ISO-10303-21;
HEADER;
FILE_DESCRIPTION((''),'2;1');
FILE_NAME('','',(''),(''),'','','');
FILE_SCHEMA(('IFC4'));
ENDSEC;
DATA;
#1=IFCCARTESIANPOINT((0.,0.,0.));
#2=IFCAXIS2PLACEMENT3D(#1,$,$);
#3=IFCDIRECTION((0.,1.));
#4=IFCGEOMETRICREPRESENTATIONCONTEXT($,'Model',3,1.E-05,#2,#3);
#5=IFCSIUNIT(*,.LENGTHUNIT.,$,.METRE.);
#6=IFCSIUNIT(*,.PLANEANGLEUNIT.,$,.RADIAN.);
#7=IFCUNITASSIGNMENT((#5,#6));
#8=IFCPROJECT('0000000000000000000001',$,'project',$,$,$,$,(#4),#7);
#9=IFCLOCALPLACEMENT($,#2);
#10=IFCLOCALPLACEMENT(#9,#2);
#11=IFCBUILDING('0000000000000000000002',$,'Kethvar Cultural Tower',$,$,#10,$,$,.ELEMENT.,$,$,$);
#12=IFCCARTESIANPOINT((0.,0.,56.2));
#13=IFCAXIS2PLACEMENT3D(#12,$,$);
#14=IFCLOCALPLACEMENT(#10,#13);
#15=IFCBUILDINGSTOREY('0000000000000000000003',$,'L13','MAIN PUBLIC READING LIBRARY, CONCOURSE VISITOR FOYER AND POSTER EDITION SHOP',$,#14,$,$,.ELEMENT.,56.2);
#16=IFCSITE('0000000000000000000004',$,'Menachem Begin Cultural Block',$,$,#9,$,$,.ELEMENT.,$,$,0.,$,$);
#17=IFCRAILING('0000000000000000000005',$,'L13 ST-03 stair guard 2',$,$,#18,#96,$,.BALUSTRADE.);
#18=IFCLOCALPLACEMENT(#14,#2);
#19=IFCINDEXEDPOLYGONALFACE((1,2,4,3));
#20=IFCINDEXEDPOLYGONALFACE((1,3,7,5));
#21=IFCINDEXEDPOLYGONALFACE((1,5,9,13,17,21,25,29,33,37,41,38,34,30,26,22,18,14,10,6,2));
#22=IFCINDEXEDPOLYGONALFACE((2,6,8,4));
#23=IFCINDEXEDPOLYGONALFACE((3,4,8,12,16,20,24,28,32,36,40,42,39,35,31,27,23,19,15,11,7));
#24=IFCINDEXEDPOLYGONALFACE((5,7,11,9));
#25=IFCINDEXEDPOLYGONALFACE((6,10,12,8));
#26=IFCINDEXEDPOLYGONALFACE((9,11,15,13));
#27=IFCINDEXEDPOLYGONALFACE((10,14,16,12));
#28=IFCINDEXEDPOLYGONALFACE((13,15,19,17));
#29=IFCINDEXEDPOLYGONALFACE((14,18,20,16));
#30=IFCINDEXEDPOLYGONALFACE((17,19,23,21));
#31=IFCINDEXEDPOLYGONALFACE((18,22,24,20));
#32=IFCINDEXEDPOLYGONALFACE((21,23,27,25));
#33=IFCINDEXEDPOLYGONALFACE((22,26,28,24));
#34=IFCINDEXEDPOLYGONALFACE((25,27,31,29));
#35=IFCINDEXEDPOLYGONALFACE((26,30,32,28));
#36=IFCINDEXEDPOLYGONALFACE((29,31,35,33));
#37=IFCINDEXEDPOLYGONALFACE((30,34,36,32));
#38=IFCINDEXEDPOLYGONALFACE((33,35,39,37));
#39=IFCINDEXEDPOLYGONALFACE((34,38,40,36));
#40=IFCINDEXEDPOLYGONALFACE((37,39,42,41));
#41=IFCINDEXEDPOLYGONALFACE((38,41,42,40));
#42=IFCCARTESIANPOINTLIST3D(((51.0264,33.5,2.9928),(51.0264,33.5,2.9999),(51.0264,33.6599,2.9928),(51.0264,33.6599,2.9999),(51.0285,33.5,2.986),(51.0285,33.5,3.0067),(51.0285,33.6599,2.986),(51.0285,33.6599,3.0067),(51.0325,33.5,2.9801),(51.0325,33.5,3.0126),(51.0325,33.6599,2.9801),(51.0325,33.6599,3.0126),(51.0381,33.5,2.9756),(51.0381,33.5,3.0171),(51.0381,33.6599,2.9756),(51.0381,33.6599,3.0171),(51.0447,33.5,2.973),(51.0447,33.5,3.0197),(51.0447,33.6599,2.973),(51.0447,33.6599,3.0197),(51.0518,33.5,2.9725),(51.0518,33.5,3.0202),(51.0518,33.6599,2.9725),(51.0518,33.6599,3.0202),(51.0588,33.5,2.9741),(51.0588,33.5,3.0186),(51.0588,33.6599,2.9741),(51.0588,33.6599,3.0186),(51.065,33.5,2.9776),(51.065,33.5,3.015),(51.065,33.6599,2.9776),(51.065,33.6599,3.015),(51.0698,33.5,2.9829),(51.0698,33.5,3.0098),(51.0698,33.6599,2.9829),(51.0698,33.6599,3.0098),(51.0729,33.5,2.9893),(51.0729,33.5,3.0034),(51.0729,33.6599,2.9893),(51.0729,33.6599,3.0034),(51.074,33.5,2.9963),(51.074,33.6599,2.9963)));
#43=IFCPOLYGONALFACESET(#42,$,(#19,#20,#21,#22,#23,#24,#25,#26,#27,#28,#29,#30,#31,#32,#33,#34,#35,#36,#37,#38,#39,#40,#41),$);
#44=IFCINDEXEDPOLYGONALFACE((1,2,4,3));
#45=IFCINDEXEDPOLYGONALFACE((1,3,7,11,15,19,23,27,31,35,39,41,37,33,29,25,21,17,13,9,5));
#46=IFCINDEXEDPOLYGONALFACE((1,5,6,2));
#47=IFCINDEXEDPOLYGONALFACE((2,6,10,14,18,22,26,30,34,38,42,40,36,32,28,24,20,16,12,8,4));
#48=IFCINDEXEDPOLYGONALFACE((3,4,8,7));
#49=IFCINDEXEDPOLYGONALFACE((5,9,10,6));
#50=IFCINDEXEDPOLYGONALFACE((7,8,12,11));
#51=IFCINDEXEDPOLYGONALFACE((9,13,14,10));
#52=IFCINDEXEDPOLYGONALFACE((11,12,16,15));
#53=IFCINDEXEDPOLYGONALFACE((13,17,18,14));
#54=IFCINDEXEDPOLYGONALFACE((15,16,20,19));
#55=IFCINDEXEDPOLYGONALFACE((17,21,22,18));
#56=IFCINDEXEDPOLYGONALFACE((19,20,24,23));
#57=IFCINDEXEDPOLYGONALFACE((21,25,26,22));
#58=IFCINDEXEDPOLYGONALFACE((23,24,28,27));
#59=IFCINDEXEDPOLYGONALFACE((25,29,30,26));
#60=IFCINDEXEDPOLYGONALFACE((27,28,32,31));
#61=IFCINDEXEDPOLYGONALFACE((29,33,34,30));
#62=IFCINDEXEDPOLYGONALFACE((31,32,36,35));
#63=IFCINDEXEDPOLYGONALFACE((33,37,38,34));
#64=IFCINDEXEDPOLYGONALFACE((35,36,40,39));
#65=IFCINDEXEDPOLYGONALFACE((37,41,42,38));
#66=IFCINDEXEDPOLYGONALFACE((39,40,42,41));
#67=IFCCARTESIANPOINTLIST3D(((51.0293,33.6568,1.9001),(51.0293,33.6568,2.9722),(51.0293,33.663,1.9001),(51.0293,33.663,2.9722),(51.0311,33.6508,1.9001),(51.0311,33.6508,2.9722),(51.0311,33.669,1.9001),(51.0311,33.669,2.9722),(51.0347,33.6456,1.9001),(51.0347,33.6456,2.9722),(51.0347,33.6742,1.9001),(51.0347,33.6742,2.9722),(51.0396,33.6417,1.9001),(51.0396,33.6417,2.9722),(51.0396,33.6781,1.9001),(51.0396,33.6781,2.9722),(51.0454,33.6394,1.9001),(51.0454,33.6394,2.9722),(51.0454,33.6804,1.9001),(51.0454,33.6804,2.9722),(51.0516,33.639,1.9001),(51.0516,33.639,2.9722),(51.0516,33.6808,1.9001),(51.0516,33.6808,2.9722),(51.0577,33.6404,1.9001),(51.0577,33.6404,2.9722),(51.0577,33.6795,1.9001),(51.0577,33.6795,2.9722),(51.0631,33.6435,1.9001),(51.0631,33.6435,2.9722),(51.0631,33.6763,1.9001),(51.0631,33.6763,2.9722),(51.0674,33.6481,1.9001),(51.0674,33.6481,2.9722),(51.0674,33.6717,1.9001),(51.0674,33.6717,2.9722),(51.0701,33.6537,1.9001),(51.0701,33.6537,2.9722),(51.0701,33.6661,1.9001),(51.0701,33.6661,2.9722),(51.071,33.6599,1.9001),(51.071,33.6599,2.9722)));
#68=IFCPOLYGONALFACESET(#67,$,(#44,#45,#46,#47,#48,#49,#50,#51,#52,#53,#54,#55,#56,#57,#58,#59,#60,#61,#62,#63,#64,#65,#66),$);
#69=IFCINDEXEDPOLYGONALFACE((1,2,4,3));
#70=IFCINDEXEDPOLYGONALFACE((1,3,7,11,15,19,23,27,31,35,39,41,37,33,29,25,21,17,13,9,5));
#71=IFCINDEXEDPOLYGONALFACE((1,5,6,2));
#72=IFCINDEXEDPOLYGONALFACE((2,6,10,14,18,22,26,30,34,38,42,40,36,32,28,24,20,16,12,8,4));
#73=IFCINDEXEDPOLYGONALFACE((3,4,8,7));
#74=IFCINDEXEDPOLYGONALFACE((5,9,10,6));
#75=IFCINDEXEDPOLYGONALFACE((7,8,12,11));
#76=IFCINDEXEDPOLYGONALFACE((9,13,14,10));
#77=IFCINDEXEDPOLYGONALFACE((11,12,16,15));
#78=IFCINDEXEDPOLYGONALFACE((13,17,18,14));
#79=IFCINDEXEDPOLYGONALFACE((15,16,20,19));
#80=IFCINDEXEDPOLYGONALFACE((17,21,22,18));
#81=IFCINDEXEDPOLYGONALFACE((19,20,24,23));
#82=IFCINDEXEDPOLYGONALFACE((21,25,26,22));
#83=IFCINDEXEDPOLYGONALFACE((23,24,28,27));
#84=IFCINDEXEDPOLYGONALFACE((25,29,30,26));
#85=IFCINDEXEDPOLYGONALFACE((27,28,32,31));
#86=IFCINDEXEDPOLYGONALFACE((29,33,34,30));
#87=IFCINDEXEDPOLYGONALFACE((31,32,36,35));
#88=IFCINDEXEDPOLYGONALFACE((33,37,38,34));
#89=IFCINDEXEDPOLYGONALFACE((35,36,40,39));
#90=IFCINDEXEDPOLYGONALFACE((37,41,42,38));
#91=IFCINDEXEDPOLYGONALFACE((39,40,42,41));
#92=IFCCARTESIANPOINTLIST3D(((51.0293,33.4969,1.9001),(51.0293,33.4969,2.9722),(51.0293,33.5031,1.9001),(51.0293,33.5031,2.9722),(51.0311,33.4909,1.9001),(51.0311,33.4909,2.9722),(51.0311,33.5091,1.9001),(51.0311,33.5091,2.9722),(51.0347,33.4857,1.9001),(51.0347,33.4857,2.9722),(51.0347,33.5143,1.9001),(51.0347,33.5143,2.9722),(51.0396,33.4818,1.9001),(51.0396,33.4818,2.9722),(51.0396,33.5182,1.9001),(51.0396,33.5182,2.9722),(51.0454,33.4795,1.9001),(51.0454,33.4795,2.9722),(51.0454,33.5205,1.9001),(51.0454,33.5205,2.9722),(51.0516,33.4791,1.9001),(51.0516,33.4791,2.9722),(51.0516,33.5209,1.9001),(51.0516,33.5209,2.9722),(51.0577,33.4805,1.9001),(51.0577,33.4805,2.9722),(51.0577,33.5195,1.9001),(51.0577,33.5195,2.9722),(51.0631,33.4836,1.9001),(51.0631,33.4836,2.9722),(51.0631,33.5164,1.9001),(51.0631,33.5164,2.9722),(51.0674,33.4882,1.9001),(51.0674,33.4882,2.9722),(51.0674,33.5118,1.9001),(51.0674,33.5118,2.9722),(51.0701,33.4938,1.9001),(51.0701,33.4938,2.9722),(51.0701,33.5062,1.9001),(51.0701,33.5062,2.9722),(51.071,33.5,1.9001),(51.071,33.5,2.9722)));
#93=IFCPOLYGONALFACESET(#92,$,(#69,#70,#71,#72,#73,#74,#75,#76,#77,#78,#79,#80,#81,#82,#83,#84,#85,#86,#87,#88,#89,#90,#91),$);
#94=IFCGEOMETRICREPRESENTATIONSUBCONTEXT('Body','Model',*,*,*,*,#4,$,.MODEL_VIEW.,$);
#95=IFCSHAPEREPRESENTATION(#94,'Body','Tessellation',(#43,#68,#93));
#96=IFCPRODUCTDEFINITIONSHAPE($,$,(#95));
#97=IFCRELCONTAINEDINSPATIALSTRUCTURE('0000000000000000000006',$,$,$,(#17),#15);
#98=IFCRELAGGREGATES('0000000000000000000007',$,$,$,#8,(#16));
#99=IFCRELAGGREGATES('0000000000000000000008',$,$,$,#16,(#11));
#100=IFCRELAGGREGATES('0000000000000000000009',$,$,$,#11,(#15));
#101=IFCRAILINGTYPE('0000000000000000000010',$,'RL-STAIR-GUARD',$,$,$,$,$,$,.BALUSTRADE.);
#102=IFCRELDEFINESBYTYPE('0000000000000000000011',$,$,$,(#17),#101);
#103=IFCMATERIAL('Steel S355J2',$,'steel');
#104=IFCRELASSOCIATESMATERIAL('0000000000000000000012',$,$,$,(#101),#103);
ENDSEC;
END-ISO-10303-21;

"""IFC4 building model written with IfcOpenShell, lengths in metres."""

from ifc_helpers import new_model, si_unit, direction, frame, origin, origin_2d, place, context, subcontext, project, spatial, circle, extrude, material, type_object, element, save


model = new_model("IFC4")

# Units and contexts
model_context = context("Model", 3, precision=1e-05, world=origin(), true_north=direction((0.0, 1.0)))
body_context = subcontext(model_context, "Body", "Model", "MODEL_VIEW")
ifc_project = project(units=[si_unit("LENGTHUNIT", "METRE"), si_unit("PLANEANGLEUNIT", "RADIAN")], contexts=[model_context])

# Site, building, storey
site_placement = place(None, origin())
site = spatial("IfcSite", under=ifc_project, at=site_placement, Name="Menachem Begin Cultural Block", CompositionType="ELEMENT", RefElevation=0.0)
building_placement = place(site_placement, origin())
building = spatial("IfcBuilding", under=site, at=building_placement, Name="Kethvar Cultural Tower", CompositionType="ELEMENT")
storey_placement = place(building_placement, frame((0.0, 0.0, 56.2)))
storey = spatial("IfcBuildingStorey", under=building, at=storey_placement, Name="L13", Description="MAIN PUBLIC READING LIBRARY, CONCOURSE VISITOR FOYER AND POSTER EDITION SHOP", CompositionType="ELEMENT", Elevation=56.2)

# Shared definitions
ifc_material_1 = material(Name="Steel S355J2", Category="steel")

# Railing
railing_type_1 = type_object("IfcRailingType", Name="RL-STAIR-GUARD", PredefinedType="BALUSTRADE", material=ifc_material_1)
railing_1_placement = place(storey_placement, frame((51.05, 33.6599, 1.9001)))
element("IfcRailing", 1, at=railing_1_placement, inside=storey, type_object=railing_type_1, Name="L13 ST-03 stair guard 2", PredefinedType="BALUSTRADE", context=body_context, shape_type="SweptSolid", body=[
    extrude(circle(Radius=0.0239, at=origin_2d()), frame((0.0, 0.0, 1.0962), z_axis=(0.0, -1.0, 0.0), x_axis=(1.0, 0.0, 0.0)), (0.0, 0.0, 1.0), 0.1599),
    extrude(circle(Radius=0.021, at=origin_2d()), origin(), (0.0, 0.0, 1.0), 1.072),
    extrude(circle(Radius=0.021, at=origin_2d()), frame((0.0, -0.1599, 0.0)), (0.0, 0.0, 1.0), 1.072),
])

save(model, "model.ifc")
